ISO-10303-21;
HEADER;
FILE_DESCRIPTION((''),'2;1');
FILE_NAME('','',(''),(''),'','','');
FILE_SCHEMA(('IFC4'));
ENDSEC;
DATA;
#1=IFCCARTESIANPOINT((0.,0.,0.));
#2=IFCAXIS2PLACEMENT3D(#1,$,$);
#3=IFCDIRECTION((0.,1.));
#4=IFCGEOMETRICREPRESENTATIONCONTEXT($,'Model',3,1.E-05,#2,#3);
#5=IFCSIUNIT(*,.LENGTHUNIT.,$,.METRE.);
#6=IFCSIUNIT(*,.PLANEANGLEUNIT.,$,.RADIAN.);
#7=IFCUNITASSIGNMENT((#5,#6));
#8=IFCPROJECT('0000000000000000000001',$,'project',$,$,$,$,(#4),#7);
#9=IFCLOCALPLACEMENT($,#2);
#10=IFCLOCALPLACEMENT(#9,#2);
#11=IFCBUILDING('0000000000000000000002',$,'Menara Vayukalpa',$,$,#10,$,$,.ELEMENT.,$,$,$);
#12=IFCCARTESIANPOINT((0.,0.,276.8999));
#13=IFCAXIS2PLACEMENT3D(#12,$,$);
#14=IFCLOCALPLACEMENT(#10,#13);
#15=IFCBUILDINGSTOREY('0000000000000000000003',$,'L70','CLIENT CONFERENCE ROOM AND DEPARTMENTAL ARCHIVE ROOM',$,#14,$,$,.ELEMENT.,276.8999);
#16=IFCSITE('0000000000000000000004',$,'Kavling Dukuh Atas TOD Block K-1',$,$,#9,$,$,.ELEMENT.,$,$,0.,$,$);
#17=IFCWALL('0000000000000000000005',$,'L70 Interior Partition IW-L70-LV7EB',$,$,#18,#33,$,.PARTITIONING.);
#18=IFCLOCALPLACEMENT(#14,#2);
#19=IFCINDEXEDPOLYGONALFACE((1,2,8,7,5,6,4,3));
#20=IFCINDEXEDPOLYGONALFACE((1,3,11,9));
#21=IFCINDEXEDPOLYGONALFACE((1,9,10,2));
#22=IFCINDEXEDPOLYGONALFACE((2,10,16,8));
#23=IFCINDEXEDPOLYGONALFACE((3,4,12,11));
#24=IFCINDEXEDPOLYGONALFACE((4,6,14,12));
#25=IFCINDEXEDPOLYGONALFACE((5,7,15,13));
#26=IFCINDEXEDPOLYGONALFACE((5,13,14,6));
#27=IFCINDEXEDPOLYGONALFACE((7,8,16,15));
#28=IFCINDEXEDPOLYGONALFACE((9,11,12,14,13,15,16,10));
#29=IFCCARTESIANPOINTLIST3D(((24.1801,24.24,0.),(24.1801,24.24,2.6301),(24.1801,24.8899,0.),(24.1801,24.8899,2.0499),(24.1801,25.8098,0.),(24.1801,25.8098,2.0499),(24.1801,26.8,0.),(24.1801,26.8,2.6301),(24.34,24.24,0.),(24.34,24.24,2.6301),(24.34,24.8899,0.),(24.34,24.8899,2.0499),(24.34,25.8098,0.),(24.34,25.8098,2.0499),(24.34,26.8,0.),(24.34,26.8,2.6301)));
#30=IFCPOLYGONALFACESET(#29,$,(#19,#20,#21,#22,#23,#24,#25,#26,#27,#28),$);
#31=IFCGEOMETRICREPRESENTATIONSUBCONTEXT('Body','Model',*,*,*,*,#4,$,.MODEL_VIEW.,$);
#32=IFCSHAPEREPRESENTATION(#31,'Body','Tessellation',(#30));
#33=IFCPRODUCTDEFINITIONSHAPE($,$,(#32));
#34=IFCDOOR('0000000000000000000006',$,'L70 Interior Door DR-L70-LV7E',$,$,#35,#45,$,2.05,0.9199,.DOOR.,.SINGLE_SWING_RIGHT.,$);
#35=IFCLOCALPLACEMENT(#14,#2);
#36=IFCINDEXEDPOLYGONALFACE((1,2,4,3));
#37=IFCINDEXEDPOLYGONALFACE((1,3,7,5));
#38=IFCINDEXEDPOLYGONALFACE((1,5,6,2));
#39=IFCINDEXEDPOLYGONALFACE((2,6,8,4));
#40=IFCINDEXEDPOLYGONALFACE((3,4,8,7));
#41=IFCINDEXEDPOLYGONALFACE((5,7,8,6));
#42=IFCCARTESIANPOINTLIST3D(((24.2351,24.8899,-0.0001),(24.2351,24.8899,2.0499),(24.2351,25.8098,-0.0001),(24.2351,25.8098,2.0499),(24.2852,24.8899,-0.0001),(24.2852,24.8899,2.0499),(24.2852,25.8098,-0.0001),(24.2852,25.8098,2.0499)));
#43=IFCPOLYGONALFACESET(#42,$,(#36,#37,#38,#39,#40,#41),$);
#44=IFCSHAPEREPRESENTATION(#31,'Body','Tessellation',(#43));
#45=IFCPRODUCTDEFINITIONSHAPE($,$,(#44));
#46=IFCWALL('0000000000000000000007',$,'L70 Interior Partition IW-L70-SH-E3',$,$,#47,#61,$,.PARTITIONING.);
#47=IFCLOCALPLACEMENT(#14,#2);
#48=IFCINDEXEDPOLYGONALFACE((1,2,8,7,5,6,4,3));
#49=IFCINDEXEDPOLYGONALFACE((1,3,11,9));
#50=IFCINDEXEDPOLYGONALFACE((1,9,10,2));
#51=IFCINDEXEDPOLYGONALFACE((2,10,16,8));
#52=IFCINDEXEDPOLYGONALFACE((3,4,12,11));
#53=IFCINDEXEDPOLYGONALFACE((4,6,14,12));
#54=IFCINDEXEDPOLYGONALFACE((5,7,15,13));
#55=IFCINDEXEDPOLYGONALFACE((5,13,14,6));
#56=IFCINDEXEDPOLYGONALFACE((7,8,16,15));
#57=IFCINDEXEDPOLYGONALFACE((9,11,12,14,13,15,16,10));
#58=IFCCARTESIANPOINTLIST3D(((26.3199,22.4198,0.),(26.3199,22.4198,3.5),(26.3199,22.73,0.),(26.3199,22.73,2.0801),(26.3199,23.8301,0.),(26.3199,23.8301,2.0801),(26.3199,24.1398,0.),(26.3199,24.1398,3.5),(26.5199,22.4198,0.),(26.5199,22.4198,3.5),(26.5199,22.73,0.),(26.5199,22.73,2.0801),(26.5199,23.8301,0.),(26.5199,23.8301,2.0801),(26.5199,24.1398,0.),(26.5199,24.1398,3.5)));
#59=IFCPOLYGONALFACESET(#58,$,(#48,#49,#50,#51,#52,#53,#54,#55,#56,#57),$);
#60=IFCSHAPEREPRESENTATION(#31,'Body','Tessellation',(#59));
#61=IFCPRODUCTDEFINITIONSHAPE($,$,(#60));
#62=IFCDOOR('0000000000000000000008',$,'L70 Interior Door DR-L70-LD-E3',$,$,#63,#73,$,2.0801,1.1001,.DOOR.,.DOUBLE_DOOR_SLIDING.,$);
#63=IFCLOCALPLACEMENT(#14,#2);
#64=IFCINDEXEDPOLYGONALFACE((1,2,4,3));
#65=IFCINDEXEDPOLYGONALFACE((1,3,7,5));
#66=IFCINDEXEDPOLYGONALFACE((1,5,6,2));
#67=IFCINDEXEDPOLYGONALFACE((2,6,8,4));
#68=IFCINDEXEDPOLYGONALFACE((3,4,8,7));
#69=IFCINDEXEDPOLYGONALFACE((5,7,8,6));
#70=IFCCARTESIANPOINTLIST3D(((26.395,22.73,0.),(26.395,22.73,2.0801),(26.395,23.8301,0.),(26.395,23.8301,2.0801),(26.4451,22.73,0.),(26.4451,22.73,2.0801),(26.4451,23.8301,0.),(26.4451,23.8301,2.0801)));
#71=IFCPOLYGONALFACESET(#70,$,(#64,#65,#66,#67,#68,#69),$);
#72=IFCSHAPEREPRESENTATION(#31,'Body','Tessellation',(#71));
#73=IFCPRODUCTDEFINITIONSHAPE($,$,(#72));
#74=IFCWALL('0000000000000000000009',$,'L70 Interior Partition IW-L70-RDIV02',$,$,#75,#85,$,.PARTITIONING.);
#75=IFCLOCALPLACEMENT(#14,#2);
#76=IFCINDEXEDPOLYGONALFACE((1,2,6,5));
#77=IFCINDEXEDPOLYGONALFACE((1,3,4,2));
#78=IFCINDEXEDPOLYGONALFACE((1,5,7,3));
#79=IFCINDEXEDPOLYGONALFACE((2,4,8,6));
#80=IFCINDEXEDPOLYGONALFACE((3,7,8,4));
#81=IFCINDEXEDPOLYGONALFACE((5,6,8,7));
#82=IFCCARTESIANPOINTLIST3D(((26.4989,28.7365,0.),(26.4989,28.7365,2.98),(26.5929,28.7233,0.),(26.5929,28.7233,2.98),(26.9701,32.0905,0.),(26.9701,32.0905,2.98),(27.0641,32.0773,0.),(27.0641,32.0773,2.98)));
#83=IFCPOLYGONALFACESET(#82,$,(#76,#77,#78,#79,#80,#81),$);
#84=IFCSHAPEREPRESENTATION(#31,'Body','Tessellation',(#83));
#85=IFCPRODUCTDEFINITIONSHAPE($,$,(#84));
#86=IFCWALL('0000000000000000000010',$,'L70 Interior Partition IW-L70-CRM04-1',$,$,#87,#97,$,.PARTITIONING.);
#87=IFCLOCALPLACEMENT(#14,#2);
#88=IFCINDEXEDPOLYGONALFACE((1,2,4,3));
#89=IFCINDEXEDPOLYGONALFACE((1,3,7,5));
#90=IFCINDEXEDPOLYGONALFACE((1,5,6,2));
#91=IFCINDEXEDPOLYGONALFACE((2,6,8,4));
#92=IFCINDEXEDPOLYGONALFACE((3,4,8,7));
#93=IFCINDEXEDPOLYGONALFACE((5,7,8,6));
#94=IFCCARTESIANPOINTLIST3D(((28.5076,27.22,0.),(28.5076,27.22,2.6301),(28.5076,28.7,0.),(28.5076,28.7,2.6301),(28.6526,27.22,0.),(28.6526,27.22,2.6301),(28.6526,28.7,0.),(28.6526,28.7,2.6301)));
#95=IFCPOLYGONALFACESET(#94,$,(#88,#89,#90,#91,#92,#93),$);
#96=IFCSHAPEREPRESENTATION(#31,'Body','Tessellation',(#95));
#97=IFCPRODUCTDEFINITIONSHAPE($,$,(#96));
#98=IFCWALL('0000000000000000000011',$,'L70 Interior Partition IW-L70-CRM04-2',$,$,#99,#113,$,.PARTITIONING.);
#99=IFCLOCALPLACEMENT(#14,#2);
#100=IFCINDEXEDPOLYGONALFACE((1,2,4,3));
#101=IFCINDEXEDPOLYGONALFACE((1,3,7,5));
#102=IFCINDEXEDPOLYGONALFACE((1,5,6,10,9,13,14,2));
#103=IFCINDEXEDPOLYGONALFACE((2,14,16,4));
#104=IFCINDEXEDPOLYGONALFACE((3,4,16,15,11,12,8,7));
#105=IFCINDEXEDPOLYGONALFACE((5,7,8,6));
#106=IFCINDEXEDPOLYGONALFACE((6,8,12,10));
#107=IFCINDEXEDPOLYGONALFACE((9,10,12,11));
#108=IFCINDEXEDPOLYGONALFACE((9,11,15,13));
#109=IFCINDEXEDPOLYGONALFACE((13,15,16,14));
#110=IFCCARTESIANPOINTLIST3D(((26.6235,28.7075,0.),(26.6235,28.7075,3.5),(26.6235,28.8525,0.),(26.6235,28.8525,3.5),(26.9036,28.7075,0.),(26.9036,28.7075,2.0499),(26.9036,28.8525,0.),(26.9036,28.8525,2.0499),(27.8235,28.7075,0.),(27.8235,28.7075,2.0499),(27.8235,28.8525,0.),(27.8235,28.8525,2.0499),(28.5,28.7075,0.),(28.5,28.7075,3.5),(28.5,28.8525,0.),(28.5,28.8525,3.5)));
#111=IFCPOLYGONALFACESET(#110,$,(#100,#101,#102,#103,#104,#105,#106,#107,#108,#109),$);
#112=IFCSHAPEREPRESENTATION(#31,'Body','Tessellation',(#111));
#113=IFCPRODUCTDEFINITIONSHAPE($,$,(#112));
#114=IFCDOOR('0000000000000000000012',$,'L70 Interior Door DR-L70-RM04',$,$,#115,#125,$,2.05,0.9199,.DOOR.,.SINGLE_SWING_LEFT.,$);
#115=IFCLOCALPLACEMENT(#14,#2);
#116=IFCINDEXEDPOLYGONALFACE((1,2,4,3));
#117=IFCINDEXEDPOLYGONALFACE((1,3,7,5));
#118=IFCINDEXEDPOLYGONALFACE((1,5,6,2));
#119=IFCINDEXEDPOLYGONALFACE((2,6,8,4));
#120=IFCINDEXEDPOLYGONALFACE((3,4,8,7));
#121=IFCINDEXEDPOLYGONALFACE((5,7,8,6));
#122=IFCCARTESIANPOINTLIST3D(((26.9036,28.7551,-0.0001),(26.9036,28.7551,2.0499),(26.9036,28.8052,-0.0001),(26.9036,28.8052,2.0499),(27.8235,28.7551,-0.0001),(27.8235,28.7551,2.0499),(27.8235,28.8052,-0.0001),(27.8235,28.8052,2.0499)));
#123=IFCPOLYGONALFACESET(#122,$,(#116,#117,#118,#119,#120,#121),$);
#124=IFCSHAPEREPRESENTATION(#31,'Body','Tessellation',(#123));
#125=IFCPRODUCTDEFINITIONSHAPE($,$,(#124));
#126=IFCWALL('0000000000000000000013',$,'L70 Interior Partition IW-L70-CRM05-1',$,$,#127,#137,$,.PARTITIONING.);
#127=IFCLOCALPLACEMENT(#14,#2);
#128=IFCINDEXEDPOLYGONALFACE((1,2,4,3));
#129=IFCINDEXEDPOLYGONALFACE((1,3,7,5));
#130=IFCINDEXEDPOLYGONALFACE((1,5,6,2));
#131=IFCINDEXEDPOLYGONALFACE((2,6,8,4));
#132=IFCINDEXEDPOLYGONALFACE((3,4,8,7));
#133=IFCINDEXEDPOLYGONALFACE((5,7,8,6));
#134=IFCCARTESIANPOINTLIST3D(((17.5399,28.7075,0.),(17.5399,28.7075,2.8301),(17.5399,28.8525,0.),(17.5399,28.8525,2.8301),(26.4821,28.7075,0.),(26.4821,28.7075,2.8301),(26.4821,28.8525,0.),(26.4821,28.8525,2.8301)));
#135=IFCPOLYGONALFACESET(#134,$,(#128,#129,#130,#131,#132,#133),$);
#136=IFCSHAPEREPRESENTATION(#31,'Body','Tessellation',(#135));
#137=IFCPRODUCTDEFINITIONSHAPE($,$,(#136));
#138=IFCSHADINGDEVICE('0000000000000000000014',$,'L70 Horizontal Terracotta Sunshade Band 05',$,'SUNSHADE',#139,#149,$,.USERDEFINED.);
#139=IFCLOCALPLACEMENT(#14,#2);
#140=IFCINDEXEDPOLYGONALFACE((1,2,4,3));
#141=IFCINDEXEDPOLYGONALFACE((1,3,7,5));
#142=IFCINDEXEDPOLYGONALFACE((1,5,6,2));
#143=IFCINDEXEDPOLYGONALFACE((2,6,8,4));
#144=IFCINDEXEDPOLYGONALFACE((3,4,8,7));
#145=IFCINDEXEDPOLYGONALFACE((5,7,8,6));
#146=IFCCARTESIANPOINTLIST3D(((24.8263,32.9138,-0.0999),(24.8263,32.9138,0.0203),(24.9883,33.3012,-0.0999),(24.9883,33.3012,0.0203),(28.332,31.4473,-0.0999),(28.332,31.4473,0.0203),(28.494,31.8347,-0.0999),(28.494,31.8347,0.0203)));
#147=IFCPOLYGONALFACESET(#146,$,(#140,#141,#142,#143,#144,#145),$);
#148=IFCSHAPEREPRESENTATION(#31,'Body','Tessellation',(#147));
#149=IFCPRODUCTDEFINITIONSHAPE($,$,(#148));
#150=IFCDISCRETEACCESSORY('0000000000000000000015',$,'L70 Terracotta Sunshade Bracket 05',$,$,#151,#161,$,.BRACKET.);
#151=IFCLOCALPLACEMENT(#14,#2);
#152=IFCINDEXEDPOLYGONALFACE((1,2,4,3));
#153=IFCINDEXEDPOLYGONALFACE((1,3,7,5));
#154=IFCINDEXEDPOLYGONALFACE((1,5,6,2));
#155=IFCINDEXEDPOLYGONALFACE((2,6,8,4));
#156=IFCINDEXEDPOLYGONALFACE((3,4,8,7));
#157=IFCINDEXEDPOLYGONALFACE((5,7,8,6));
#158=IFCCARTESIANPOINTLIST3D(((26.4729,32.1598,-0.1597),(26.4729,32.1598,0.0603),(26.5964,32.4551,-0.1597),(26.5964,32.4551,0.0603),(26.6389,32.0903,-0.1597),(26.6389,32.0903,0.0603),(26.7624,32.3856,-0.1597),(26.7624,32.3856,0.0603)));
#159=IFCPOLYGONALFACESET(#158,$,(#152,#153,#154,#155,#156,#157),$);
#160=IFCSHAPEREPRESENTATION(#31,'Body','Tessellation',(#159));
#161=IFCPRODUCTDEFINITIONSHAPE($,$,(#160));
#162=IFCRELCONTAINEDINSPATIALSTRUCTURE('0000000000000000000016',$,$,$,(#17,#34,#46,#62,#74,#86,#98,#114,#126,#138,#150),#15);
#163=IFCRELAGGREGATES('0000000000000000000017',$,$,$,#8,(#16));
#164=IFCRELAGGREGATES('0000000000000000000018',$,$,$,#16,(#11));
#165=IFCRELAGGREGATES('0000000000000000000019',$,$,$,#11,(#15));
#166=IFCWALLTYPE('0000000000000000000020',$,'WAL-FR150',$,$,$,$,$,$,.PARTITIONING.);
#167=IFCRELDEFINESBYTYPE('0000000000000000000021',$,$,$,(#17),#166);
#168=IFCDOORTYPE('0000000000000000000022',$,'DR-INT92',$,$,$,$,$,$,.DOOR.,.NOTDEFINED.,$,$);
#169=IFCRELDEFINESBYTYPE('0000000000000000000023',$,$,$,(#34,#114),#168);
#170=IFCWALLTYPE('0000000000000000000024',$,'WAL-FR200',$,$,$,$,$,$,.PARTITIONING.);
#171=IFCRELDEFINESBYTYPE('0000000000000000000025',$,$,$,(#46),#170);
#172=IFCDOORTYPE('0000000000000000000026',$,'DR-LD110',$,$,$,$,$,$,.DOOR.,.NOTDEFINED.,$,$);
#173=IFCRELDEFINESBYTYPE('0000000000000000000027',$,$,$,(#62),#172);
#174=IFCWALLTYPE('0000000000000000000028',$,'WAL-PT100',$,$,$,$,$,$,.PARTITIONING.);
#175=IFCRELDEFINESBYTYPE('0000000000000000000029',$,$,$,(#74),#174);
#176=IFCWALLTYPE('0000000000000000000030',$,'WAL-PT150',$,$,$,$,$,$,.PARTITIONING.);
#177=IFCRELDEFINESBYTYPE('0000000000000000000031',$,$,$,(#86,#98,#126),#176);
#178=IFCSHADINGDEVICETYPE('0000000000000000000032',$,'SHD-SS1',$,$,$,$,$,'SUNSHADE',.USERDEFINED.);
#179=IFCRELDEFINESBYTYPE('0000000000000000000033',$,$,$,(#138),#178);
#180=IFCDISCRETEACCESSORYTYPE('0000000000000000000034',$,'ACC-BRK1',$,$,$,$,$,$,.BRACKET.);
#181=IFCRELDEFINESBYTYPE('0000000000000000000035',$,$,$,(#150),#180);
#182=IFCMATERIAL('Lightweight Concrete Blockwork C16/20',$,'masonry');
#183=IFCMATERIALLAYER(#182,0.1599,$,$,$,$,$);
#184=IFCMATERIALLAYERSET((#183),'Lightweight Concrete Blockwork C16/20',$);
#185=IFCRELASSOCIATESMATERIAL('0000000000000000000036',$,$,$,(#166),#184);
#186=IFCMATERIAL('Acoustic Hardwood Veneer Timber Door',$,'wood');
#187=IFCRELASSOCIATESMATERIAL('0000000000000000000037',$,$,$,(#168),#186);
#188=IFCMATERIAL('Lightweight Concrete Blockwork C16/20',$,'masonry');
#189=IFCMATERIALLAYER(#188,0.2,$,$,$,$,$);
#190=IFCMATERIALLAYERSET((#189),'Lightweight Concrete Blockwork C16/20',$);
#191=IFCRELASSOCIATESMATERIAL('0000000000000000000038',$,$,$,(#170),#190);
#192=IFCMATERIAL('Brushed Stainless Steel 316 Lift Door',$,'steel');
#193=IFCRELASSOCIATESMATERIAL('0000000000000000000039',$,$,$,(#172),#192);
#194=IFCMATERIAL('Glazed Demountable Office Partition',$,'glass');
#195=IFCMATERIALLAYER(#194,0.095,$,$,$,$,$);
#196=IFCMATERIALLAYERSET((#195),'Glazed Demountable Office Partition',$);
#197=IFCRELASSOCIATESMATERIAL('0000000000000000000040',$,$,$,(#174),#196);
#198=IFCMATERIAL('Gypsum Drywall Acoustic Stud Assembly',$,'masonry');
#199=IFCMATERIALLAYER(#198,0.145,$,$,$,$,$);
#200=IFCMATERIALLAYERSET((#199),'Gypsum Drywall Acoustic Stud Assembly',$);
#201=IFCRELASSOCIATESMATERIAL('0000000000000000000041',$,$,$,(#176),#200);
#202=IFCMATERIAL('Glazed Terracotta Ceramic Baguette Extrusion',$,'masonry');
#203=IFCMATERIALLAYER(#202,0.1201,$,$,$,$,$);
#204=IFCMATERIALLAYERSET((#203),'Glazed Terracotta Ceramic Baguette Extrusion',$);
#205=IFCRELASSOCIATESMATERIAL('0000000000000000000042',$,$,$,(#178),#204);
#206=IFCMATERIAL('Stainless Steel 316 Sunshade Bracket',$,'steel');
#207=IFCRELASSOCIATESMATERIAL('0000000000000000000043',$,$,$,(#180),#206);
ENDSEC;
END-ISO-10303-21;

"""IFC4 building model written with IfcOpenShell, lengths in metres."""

from ifc_helpers import new_model, si_unit, direction, frame, frame_2d, origin, origin_2d, place, context, subcontext, project, spatial, rectangle, extrude, material, layer, layer_set, type_object, element, fill, save


model = new_model("IFC4")

# Units and contexts
model_context = context("Model", 3, precision=1e-05, world=origin(), true_north=direction((0.0, 1.0)))
body_context = subcontext(model_context, "Body", "Model", "MODEL_VIEW")
ifc_project = project(units=[si_unit("LENGTHUNIT", "METRE"), si_unit("PLANEANGLEUNIT", "RADIAN")], contexts=[model_context])

# Site, building, storey
site_placement = place(None, origin())
site = spatial("IfcSite", under=ifc_project, at=site_placement, Name="Kavling Dukuh Atas TOD Block K-1", CompositionType="ELEMENT", RefElevation=0.0)
building_placement = place(site_placement, origin())
building = spatial("IfcBuilding", under=site, at=building_placement, Name="Menara Vayukalpa", CompositionType="ELEMENT")
storey_placement = place(building_placement, frame((0.0, 0.0, 276.8999)))
storey = spatial("IfcBuildingStorey", under=building, at=storey_placement, Name="L70", Description="CLIENT CONFERENCE ROOM AND DEPARTMENTAL ARCHIVE ROOM", CompositionType="ELEMENT", Elevation=276.8999)

# Shared definitions
ifc_material_1 = material(Name="Lightweight Concrete Blockwork C16/20", Category="masonry")
ifc_layer_1 = layer(ifc_material_1, 0.1599)
ifc_layer_set_1 = layer_set([ifc_layer_1], Name="Lightweight Concrete Blockwork C16/20")
wall_type_1 = type_object("IfcWallType", Name="WAL-FR150", PredefinedType="PARTITIONING", material=ifc_layer_set_1)

# Walls, openings, doors
wall_1_placement = place(storey_placement, frame((24.26, 24.24, 0.0), z_axis=(0.0, 0.0, 1.0), x_axis=(0.0, 1.0, 0.0)))
wall_1 = element("IfcWall", 1, at=wall_1_placement, inside=storey, type_object=wall_type_1, Name="L70 Interior Partition IW-L70-LV7EB", PredefinedType="PARTITIONING", context=body_context, shape_type="SweptSolid", body=[
    extrude(rectangle(XDim=2.5601, YDim=0.1599, at=frame_2d((1.28, 0.0))), origin(), (0.0, 0.0, 1.0), 2.6301),
])
opening_1_placement = place(wall_1_placement, frame((0.6499, 0.0, 0.0)))
opening_1 = element("IfcOpeningElement", 2, at=opening_1_placement, cuts=wall_1, PredefinedType="OPENING", context=body_context, shape_type="SweptSolid", body=[
    extrude(rectangle(XDim=0.9199, YDim=2.05, at=frame_2d((0.46, 1.0249))), frame((0.0, 0.0898, 0.0), z_axis=(0.0, -1.0, 0.0), x_axis=(1.0, 0.0, 0.0)), (0.0, 0.0, 1.0), 0.1799),
])
ifc_material_2 = material(Name="Acoustic Hardwood Veneer Timber Door", Category="wood")
door_type_1 = type_object("IfcDoorType", Name="DR-INT92", OperationType="NOTDEFINED", PredefinedType="DOOR", material=ifc_material_2)
door_1_placement = place(opening_1_placement, origin())
door_1 = element("IfcDoor", 3, at=door_1_placement, inside=storey, type_object=door_type_1, Name="L70 Interior Door DR-L70-LV7E", OperationType="SINGLE_SWING_RIGHT", OverallHeight=2.05, OverallWidth=0.9199, PredefinedType="DOOR", context=body_context, shape_type="SweptSolid", body=[
    extrude(rectangle(XDim=0.9199, YDim=2.05, at=frame_2d((0.46, 1.0249))), frame((0.0, 0.0249, 0.0), z_axis=(0.0, -1.0, 0.0), x_axis=(1.0, 0.0, 0.0)), (0.0, 0.0, 1.0), 0.05),
])
fill(opening_1, door_1)
ifc_material_3 = material(Name="Lightweight Concrete Blockwork C16/20", Category="masonry")
ifc_layer_2 = layer(ifc_material_3, 0.2)
ifc_layer_set_2 = layer_set([ifc_layer_2], Name="Lightweight Concrete Blockwork C16/20")
wall_type_2 = type_object("IfcWallType", Name="WAL-FR200", PredefinedType="PARTITIONING", material=ifc_layer_set_2)
wall_2_placement = place(storey_placement, frame((26.4199, 22.4199, 0.0), z_axis=(0.0, 0.0, 1.0), x_axis=(0.0, 1.0, 0.0)))
wall_2 = element("IfcWall", 4, at=wall_2_placement, inside=storey, type_object=wall_type_2, Name="L70 Interior Partition IW-L70-SH-E3", PredefinedType="PARTITIONING", context=body_context, shape_type="SweptSolid", body=[
    extrude(rectangle(XDim=1.72, YDim=0.2, at=frame_2d((0.8599, 0.0))), origin(), (0.0, 0.0, 1.0), 3.5),
])
opening_2_placement = place(wall_2_placement, frame((0.3101, 0.0, 0.0)))
opening_2 = element("IfcOpeningElement", 5, at=opening_2_placement, cuts=wall_2, PredefinedType="OPENING", context=body_context, shape_type="SweptSolid", body=[
    extrude(rectangle(XDim=1.1001, YDim=2.0801, at=frame_2d((0.55, 1.04))), frame((0.0, 0.1099, 0.0), z_axis=(0.0, -1.0, 0.0), x_axis=(1.0, 0.0, 0.0)), (0.0, 0.0, 1.0), 0.22),
])
ifc_material_4 = material(Name="Brushed Stainless Steel 316 Lift Door", Category="steel")
door_type_2 = type_object("IfcDoorType", Name="DR-LD110", OperationType="NOTDEFINED", PredefinedType="DOOR", material=ifc_material_4)
door_2_placement = place(opening_2_placement, origin())
door_2 = element("IfcDoor", 6, at=door_2_placement, inside=storey, type_object=door_type_2, Name="L70 Interior Door DR-L70-LD-E3", OperationType="DOUBLE_DOOR_SLIDING", OverallHeight=2.0801, OverallWidth=1.1001, PredefinedType="DOOR", context=body_context, shape_type="SweptSolid", body=[
    extrude(rectangle(XDim=1.1001, YDim=2.0801, at=frame_2d((0.55, 1.04))), frame((0.0, 0.0249, 0.0), z_axis=(0.0, -1.0, 0.0), x_axis=(1.0, 0.0, 0.0)), (0.0, 0.0, 1.0), 0.05),
])
fill(opening_2, door_2)

# Walls
ifc_material_5 = material(Name="Glazed Demountable Office Partition", Category="glass")
ifc_layer_3 = layer(ifc_material_5, 0.095)
ifc_layer_set_3 = layer_set([ifc_layer_3], Name="Glazed Demountable Office Partition")
wall_type_3 = type_object("IfcWallType", Name="WAL-PT100", PredefinedType="PARTITIONING", material=ifc_layer_set_3)
wall_3_placement = place(storey_placement, frame((26.5459, 28.73, 0.0), z_axis=(0.0, 0.0, 1.0), x_axis=(0.13912, 0.990276, 0.0)))
element("IfcWall", 7, at=wall_3_placement, inside=storey, type_object=wall_type_3, Name="L70 Interior Partition IW-L70-RDIV02", PredefinedType="PARTITIONING", context=body_context, shape_type="SweptSolid", body=[
    extrude(rectangle(XDim=3.387, YDim=0.095, at=frame_2d((1.6934, 0.0))), origin(), (0.0, 0.0, 1.0), 2.98),
])
ifc_material_6 = material(Name="Gypsum Drywall Acoustic Stud Assembly", Category="masonry")
ifc_layer_4 = layer(ifc_material_6, 0.145)
ifc_layer_set_4 = layer_set([ifc_layer_4], Name="Gypsum Drywall Acoustic Stud Assembly")
wall_type_4 = type_object("IfcWallType", Name="WAL-PT150", PredefinedType="PARTITIONING", material=ifc_layer_set_4)
wall_4_placement = place(storey_placement, frame((28.5801, 27.22, 0.0), z_axis=(0.0, 0.0, 1.0), x_axis=(0.0, 1.0, 0.0)))
element("IfcWall", 8, at=wall_4_placement, inside=storey, type_object=wall_type_4, Name="L70 Interior Partition IW-L70-CRM04-1", PredefinedType="PARTITIONING", context=body_context, shape_type="SweptSolid", body=[
    extrude(rectangle(XDim=1.48, YDim=0.145, at=frame_2d((0.74, 0.0))), origin(), (0.0, 0.0, 1.0), 2.6301),
])

# Wall, opening, door
wall_5_placement = place(storey_placement, frame((28.5, 28.78, 0.0), z_axis=(0.0, 0.0, 1.0), x_axis=(-1.0, 0.0, 0.0)))
wall_5 = element("IfcWall", 9, at=wall_5_placement, inside=storey, type_object=wall_type_4, Name="L70 Interior Partition IW-L70-CRM04-2", PredefinedType="PARTITIONING", context=body_context, shape_type="SweptSolid", body=[
    extrude(rectangle(XDim=1.8765, YDim=0.145, at=frame_2d((0.9382, 0.0))), origin(), (0.0, 0.0, 1.0), 3.5),
])
opening_3_placement = place(wall_5_placement, frame((0.6765, 0.0, 0.0)))
opening_3 = element("IfcOpeningElement", 10, at=opening_3_placement, cuts=wall_5, PredefinedType="OPENING", context=body_context, shape_type="SweptSolid", body=[
    extrude(rectangle(XDim=0.9199, YDim=2.05, at=frame_2d((0.46, 1.0249))), frame((0.0, 0.0825, 0.0), z_axis=(0.0, -1.0, 0.0), x_axis=(1.0, 0.0, 0.0)), (0.0, 0.0, 1.0), 0.165),
])
door_3_placement = place(opening_3_placement, origin())
door_3 = element("IfcDoor", 11, at=door_3_placement, inside=storey, type_object=door_type_1, Name="L70 Interior Door DR-L70-RM04", OperationType="SINGLE_SWING_LEFT", OverallHeight=2.05, OverallWidth=0.9199, PredefinedType="DOOR", context=body_context, shape_type="SweptSolid", body=[
    extrude(rectangle(XDim=0.9199, YDim=2.05, at=frame_2d((0.46, 1.0249))), frame((0.0, 0.0249, 0.0), z_axis=(0.0, -1.0, 0.0), x_axis=(1.0, 0.0, 0.0)), (0.0, 0.0, 1.0), 0.05),
])
fill(opening_3, door_3)

# Wall
wall_6_placement = place(storey_placement, frame((26.4822, 28.78, 0.0), z_axis=(0.0, 0.0, 1.0), x_axis=(-1.0, 0.0, 0.0)))
element("IfcWall", 12, at=wall_6_placement, inside=storey, type_object=wall_type_4, Name="L70 Interior Partition IW-L70-CRM05-1", PredefinedType="PARTITIONING", context=body_context, shape_type="SweptSolid", body=[
    extrude(rectangle(XDim=8.9421, YDim=0.145, at=frame_2d((4.4712, 0.0))), origin(), (0.0, 0.0, 1.0), 2.8301),
])

# Shading device
ifc_material_7 = material(Name="Glazed Terracotta Ceramic Baguette Extrusion", Category="masonry")
ifc_layer_5 = layer(ifc_material_7, 0.1201)
ifc_layer_set_5 = layer_set([ifc_layer_5], Name="Glazed Terracotta Ceramic Baguette Extrusion")
shading_device_type = type_object("IfcShadingDeviceType", Name="SHD-SS1", ElementType="SUNSHADE", PredefinedType="USERDEFINED", material=ifc_layer_set_5)
shading_device_placement = place(storey_placement, frame((26.6602, 32.3743, -0.0999), z_axis=(0.0, 0.0, 1.0), x_axis=(-0.922538, 0.385906, 0.0)))
element("IfcShadingDevice", 13, at=shading_device_placement, inside=storey, type_object=shading_device_type, Name="L70 Horizontal Terracotta Sunshade Band 05", ObjectType="SUNSHADE", PredefinedType="USERDEFINED", context=body_context, shape_type="SweptSolid", body=[
    extrude(rectangle(XDim=3.8, YDim=0.4199, at=origin_2d()), origin(), (0.0, 0.0, 1.0), 0.1201),
])

# Discrete accessory
ifc_material_8 = material(Name="Stainless Steel 316 Sunshade Bracket", Category="steel")
discrete_accessory_type = type_object("IfcDiscreteAccessoryType", Name="ACC-BRK1", PredefinedType="BRACKET", material=ifc_material_8)
discrete_accessory_placement = place(storey_placement, frame((26.6177, 32.2727, -0.1597), z_axis=(0.0, 0.0, 1.0), x_axis=(-0.922538, 0.385906, 0.0)))
element("IfcDiscreteAccessory", 14, at=discrete_accessory_placement, inside=storey, type_object=discrete_accessory_type, Name="L70 Terracotta Sunshade Bracket 05", PredefinedType="BRACKET", context=body_context, shape_type="SweptSolid", body=[
    extrude(rectangle(XDim=0.1799, YDim=0.3201, at=origin_2d()), origin(), (0.0, 0.0, 1.0), 0.22),
])

save(model, "model.ifc")
